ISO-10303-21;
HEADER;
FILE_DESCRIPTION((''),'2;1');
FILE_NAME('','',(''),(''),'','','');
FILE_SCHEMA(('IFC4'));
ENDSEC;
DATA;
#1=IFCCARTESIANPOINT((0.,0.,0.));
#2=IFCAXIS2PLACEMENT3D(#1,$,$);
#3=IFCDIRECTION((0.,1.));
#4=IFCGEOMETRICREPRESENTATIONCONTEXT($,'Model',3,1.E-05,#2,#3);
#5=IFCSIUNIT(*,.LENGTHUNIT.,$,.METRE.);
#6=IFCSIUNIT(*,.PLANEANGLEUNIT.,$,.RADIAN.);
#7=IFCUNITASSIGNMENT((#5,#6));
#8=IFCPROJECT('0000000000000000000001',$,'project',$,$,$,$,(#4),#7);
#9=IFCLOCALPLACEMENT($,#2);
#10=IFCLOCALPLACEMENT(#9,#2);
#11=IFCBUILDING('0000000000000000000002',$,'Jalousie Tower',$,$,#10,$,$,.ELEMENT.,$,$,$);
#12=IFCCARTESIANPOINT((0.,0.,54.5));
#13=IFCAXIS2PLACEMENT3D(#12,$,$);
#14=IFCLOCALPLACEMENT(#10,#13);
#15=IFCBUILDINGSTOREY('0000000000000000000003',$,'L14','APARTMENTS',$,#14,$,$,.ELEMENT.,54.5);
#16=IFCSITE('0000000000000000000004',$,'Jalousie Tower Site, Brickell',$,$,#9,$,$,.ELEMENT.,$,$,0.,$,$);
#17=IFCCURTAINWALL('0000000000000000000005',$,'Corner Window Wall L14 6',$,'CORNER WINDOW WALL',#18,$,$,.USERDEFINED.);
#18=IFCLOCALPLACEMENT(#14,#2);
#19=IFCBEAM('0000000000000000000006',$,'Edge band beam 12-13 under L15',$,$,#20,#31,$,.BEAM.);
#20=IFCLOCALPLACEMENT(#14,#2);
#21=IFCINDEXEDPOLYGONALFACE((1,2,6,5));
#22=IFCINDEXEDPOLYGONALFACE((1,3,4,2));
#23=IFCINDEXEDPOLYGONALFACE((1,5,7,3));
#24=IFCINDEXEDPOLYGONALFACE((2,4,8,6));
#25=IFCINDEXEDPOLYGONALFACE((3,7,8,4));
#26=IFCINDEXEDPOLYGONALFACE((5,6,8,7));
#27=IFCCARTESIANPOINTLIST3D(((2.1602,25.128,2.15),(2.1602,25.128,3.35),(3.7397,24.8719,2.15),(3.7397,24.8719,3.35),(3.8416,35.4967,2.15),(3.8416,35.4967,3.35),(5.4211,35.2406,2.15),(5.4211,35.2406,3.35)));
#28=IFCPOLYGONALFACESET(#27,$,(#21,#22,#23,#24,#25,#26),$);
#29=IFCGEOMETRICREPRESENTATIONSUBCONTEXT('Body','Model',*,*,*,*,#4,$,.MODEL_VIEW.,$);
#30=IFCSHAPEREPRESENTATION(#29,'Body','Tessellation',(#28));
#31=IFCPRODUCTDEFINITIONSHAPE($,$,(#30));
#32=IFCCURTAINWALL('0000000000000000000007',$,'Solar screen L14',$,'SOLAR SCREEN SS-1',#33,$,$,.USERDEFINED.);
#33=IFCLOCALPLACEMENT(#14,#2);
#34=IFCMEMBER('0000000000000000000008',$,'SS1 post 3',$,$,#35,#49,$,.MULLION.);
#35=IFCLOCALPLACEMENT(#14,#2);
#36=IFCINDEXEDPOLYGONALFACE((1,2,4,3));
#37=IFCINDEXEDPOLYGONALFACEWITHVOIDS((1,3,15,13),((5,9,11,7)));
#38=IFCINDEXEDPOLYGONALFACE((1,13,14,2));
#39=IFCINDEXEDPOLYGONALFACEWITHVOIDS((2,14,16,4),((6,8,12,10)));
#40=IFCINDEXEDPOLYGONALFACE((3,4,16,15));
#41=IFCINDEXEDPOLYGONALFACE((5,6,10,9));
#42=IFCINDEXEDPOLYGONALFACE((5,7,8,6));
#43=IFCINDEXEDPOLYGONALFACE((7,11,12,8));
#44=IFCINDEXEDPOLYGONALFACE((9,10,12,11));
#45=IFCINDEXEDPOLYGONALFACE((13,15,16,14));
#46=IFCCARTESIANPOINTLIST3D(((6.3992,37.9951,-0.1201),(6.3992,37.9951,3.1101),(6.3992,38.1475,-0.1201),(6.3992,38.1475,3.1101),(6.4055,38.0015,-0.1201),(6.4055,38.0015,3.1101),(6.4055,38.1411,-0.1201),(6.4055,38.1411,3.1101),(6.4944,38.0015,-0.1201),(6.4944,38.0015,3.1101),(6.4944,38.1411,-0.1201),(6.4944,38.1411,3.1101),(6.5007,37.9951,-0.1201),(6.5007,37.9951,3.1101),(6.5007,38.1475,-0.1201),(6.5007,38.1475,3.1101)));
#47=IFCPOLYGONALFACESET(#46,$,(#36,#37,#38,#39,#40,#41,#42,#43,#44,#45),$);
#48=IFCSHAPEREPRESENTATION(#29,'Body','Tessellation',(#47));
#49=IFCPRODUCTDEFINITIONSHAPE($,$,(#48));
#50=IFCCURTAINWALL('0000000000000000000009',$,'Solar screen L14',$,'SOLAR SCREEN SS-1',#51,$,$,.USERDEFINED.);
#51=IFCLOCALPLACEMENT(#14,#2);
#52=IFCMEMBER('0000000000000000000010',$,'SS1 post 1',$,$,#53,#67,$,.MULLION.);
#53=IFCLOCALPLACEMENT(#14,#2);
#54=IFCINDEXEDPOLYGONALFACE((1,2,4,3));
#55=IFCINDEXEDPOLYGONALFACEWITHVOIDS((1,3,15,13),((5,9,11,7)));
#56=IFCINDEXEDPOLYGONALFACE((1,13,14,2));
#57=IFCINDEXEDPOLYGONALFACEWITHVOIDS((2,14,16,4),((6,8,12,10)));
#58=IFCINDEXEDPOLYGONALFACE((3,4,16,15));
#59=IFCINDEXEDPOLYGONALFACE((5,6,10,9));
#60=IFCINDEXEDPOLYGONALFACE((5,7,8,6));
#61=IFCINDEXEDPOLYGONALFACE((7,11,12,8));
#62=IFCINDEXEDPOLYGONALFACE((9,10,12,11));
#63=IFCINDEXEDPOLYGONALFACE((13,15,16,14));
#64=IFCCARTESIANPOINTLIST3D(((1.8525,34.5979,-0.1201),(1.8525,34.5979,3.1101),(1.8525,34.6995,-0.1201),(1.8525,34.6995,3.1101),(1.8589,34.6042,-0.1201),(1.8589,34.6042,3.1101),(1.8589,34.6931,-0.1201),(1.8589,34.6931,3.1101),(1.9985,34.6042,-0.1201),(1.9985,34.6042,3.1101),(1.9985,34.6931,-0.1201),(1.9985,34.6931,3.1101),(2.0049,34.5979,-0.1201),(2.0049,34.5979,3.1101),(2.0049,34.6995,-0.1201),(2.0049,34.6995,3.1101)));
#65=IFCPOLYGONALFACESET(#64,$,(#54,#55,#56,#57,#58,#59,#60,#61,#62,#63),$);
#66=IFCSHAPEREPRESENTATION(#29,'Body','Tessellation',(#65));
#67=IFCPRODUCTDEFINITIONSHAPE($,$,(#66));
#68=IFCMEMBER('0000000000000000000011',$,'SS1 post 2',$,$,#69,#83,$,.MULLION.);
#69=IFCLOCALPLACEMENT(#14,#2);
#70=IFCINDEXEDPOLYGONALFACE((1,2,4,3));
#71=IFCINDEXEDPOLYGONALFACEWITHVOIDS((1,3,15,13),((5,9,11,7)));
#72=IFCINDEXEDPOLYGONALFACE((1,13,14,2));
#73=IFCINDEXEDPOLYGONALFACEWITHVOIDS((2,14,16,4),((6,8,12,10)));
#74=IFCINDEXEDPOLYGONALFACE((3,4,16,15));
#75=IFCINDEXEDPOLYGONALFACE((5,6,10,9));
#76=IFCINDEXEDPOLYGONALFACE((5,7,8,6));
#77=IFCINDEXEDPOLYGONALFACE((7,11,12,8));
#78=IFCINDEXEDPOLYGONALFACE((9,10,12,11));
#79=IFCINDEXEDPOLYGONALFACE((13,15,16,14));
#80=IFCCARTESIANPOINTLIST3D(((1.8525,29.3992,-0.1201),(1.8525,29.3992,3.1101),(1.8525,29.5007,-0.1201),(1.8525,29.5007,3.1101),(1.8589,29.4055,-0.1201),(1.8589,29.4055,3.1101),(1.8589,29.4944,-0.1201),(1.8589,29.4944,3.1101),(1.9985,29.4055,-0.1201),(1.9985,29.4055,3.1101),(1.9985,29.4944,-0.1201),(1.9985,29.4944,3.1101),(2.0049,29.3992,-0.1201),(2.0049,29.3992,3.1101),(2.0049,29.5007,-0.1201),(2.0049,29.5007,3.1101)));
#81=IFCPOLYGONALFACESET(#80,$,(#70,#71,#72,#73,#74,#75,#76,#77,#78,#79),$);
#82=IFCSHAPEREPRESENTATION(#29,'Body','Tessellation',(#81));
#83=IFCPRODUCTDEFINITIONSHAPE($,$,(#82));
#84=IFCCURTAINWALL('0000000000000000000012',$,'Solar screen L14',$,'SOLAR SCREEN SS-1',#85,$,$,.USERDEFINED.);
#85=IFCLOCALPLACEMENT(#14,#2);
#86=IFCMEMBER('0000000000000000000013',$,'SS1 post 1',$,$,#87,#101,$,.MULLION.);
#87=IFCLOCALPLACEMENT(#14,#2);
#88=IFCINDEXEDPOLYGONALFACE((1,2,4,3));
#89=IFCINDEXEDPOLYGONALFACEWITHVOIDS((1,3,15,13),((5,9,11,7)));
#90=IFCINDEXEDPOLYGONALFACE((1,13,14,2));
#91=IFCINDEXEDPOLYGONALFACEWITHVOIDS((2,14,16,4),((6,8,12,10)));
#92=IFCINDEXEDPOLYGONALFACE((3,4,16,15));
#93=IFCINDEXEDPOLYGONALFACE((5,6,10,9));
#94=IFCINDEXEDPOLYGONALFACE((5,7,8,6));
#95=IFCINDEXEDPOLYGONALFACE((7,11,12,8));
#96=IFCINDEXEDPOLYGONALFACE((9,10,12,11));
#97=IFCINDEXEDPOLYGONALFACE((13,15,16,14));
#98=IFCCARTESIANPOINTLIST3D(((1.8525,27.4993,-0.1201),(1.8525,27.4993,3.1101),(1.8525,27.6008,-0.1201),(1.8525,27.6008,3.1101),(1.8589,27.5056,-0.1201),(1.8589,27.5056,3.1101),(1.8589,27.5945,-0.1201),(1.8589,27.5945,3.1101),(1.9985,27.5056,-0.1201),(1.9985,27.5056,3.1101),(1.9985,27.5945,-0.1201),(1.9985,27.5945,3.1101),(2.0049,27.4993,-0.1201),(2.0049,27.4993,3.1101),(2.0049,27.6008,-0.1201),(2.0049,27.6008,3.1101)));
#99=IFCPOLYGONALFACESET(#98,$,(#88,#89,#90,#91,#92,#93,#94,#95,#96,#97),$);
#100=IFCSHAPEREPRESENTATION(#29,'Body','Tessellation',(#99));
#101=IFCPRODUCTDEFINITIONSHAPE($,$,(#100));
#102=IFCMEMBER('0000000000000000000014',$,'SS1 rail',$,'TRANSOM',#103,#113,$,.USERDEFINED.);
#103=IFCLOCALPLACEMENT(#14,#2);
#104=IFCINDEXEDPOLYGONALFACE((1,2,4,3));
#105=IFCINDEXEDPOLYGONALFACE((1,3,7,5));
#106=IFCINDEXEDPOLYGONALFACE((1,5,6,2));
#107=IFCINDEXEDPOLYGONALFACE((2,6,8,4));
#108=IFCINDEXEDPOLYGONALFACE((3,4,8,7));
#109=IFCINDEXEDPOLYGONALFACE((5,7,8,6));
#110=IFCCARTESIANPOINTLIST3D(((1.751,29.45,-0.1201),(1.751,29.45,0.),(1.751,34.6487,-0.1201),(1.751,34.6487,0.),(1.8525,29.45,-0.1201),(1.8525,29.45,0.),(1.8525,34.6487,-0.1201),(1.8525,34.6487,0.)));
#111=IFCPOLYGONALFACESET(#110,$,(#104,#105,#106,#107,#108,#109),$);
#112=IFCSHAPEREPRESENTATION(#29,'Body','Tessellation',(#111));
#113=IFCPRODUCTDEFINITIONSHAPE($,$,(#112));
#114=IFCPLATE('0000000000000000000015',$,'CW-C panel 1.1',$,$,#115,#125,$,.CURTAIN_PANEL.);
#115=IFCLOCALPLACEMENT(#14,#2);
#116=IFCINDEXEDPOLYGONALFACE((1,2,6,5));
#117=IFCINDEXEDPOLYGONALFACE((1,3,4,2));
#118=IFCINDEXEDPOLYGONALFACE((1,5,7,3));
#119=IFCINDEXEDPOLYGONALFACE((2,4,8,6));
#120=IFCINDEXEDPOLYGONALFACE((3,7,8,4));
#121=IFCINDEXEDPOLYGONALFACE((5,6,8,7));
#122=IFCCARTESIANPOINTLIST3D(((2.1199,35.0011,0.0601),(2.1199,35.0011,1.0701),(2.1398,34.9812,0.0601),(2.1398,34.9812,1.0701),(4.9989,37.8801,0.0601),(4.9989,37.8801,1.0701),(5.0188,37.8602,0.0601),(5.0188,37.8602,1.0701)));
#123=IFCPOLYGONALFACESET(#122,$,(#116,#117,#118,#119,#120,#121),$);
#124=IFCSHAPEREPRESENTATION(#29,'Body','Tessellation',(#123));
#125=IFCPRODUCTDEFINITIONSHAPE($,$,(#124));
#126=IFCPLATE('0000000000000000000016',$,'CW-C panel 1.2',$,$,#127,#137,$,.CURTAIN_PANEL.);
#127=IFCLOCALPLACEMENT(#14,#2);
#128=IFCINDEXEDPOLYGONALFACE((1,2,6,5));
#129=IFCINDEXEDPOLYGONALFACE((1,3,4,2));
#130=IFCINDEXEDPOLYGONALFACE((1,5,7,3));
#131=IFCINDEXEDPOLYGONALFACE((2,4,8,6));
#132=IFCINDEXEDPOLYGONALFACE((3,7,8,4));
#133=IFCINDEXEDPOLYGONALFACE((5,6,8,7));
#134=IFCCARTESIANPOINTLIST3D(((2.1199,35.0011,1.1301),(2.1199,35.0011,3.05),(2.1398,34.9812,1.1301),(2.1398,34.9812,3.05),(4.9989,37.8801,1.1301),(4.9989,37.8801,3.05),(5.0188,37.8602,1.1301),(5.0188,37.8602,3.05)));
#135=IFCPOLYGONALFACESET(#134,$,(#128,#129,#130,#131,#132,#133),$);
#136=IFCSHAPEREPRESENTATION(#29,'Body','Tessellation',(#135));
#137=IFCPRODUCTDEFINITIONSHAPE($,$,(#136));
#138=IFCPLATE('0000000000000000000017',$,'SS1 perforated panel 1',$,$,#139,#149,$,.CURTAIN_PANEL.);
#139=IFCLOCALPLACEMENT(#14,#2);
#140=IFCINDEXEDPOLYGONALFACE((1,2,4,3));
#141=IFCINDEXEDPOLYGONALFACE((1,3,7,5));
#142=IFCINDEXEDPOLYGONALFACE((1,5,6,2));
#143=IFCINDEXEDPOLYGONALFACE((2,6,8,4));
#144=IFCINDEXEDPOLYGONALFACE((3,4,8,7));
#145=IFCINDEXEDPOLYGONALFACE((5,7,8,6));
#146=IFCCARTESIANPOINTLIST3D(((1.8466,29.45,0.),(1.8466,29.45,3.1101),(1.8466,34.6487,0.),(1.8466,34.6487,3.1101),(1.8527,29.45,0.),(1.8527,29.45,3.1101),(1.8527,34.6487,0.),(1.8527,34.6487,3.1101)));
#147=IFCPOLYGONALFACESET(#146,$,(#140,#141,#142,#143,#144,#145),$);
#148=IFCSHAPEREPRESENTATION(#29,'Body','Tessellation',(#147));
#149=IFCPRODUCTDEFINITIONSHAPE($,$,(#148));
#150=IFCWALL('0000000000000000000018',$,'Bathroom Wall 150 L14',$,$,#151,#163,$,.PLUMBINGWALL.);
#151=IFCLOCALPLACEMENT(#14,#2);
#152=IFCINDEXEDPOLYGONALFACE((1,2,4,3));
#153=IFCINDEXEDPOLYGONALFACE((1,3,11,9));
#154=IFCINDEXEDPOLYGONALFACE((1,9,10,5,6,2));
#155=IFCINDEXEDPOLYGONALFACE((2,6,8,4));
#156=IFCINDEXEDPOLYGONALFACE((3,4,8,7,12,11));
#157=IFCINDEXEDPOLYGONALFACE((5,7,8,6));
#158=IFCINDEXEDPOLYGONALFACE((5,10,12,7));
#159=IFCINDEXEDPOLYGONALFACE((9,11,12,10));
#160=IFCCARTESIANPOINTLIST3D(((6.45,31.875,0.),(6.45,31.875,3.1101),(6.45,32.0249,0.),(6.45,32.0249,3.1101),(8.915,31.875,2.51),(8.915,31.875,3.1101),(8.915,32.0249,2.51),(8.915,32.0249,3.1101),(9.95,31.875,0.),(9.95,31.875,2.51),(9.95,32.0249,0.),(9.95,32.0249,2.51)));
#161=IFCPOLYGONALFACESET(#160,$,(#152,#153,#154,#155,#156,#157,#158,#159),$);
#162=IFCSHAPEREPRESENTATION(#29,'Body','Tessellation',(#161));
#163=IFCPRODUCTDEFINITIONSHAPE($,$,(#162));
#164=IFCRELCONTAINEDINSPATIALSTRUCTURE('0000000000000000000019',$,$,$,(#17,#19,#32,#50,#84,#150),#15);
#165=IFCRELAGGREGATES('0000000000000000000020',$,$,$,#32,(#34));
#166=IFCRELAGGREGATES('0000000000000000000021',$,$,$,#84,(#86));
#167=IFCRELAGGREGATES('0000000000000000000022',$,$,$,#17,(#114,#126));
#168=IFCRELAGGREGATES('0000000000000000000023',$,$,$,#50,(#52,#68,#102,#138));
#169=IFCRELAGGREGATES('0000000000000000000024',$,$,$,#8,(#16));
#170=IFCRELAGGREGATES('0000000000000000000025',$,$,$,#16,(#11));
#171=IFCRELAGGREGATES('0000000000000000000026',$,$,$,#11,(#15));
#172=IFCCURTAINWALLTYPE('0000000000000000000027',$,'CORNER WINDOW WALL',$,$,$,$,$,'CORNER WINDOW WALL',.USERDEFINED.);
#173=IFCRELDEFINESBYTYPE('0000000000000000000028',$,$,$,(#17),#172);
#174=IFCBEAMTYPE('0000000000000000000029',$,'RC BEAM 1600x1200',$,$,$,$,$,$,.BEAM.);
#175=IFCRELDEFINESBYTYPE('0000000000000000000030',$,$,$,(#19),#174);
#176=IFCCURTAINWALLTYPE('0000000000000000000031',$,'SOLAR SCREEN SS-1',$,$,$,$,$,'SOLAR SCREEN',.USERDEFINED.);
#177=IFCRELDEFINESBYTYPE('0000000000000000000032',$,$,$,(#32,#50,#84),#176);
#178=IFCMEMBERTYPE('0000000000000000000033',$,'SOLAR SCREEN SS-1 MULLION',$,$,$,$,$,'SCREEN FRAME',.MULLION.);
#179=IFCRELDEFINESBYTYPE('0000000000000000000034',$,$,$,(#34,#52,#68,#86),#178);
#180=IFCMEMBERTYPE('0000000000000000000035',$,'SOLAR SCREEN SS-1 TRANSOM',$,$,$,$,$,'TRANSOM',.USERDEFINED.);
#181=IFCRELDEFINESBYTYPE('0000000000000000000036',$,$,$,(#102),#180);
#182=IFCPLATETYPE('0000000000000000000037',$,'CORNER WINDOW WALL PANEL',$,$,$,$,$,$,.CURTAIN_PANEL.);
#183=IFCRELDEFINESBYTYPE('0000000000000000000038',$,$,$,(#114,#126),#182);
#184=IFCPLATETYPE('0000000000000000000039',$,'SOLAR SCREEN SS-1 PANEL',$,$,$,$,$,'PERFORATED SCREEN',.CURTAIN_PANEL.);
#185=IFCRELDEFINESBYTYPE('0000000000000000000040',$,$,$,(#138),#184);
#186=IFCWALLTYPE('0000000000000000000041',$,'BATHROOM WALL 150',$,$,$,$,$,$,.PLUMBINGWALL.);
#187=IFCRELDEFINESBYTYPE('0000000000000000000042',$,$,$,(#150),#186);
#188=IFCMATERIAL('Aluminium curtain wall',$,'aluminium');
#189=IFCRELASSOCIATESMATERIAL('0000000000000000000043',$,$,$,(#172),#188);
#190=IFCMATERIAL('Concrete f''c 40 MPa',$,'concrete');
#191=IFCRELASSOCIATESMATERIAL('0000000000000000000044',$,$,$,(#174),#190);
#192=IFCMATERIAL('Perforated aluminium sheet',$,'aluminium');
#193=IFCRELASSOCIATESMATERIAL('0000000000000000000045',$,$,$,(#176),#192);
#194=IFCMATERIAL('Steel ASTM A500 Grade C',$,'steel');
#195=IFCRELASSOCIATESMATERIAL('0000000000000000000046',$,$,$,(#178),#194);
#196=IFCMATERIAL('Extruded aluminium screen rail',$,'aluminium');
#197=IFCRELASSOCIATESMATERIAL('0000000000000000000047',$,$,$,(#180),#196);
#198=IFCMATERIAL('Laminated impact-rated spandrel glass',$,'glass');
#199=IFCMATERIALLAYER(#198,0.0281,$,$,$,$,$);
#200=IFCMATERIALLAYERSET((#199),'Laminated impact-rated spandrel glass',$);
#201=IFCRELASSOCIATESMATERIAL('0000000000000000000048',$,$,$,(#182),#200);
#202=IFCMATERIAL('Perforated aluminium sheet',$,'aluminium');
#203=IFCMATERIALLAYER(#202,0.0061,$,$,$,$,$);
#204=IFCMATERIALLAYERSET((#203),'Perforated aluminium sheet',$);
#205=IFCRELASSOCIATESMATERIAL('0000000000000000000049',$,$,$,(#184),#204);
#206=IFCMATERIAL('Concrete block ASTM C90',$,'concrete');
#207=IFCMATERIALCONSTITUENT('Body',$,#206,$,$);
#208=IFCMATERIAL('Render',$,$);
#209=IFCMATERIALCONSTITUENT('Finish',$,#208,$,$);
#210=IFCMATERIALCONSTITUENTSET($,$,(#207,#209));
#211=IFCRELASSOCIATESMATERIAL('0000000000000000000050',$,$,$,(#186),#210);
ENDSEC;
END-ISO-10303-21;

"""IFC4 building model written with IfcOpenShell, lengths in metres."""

from ifc_helpers import new_model, si_unit, direction, frame, origin, origin_2d, place, context, subcontext, project, spatial, polyline, rectangle, hollow_rectangle, outline, extrude, material, layer, layer_set, constituent, constituent_set, material_profile, profile_set, type_object, element, aggregate, save


model = new_model("IFC4")

# Units and contexts
model_context = context("Model", 3, precision=1e-05, world=origin(), true_north=direction((0.0, 1.0)))
body_context = subcontext(model_context, "Body", "Model", "MODEL_VIEW")
ifc_project = project(units=[si_unit("LENGTHUNIT", "METRE"), si_unit("PLANEANGLEUNIT", "RADIAN")], contexts=[model_context])

# Site, building, storey
site_placement = place(None, origin())
site = spatial("IfcSite", under=ifc_project, at=site_placement, Name="Jalousie Tower Site, Brickell", CompositionType="ELEMENT", RefElevation=0.0)
building_placement = place(site_placement, origin())
building = spatial("IfcBuilding", under=site, at=building_placement, Name="Jalousie Tower", CompositionType="ELEMENT")
storey_placement = place(building_placement, frame((0.0, 0.0, 54.5)))
storey = spatial("IfcBuildingStorey", under=building, at=storey_placement, Name="L14", Description="APARTMENTS", CompositionType="ELEMENT", Elevation=54.5)

# Curtain wall
ifc_material_1 = material(Name="Aluminium curtain wall", Category="aluminium")
curtain_wall_type_1 = type_object("IfcCurtainWallType", Name="CORNER WINDOW WALL", ElementType="CORNER WINDOW WALL", PredefinedType="USERDEFINED", material=ifc_material_1)
curtain_wall_1_placement = place(storey_placement, origin())
curtain_wall_1 = element("IfcCurtainWall", 1, at=curtain_wall_1_placement, inside=storey, type_object=curtain_wall_type_1, Name="Corner Window Wall L14 6", ObjectType="CORNER WINDOW WALL", PredefinedType="USERDEFINED")

# Beam
ifc_material_2 = material(Name="Concrete f'c 40 MPa", Category="concrete")
ifc_material_profile_1 = material_profile(ifc_material_2, rectangle(XDim=1.6001, YDim=1.2, at=origin_2d()), Name="RC 1600x1200")
ifc_profile_set_1 = profile_set([ifc_material_profile_1], Name="Concrete f'c 40 MPa")
beam_type_1 = type_object("IfcBeamType", Name="RC BEAM 1600x1200", PredefinedType="BEAM", material=ifc_profile_set_1)
beam_1_placement = place(storey_placement, frame((4.6313, 35.3687, 2.75), z_axis=(-0.160071, -0.987106, 0.0), x_axis=(0.987106, -0.160071, 0.0)))
element("IfcBeam", 2, at=beam_1_placement, inside=storey, type_object=beam_type_1, Name="Edge band beam 12-13 under L15", PredefinedType="BEAM", context=body_context, shape_type="SweptSolid", body=[
    extrude(rectangle(XDim=1.6001, YDim=1.2, at=origin_2d()), origin(), (0.0, 0.0, 1.0), 10.5042),
])

# Curtain wall, member
ifc_material_3 = material(Name="Perforated aluminium sheet", Category="aluminium")
curtain_wall_type_2 = type_object("IfcCurtainWallType", Name="SOLAR SCREEN SS-1", ElementType="SOLAR SCREEN", PredefinedType="USERDEFINED", material=ifc_material_3)
curtain_wall_2_placement = place(storey_placement, origin())
curtain_wall_2 = element("IfcCurtainWall", 3, at=curtain_wall_2_placement, inside=storey, type_object=curtain_wall_type_2, Name="Solar screen L14", ObjectType="SOLAR SCREEN SS-1", PredefinedType="USERDEFINED")
ifc_material_4 = material(Name="Steel ASTM A500 Grade C", Category="steel")
ifc_material_profile_2 = material_profile(ifc_material_4, hollow_rectangle(XDim=0.1016, YDim=0.1523, WallThickness=0.0063, at=origin_2d()), Name="HSS6X4X1/4")
ifc_profile_set_2 = profile_set([ifc_material_profile_2], Name="Steel ASTM A500 Grade C")
member_type_1 = type_object("IfcMemberType", Name="SOLAR SCREEN SS-1 MULLION", ElementType="SCREEN FRAME", PredefinedType="MULLION", material=ifc_profile_set_2)
member_1_placement = place(storey_placement, frame((6.45, 38.0713, -0.1201), z_axis=(0.0, 0.0, 1.0), x_axis=(-1.0, 0.0, 0.0)))
member_1 = element("IfcMember", 4, at=member_1_placement, type_object=member_type_1, Name="SS1 post 3", PredefinedType="MULLION", context=body_context, shape_type="SweptSolid", body=[
    extrude(hollow_rectangle(XDim=0.1016, YDim=0.1523, WallThickness=0.0063, at=origin_2d()), origin(), (0.0, 0.0, 1.0), 3.2302),
])
aggregate(curtain_wall_2, [member_1])

# Curtain wall, members
curtain_wall_3_placement = place(storey_placement, origin())
curtain_wall_3 = element("IfcCurtainWall", 5, at=curtain_wall_3_placement, inside=storey, type_object=curtain_wall_type_2, Name="Solar screen L14", ObjectType="SOLAR SCREEN SS-1", PredefinedType="USERDEFINED")
member_2_placement = place(storey_placement, frame((1.9287, 34.6487, -0.1201), z_axis=(0.0, 0.0, 1.0), x_axis=(0.0, -1.0, 0.0)))
member_2 = element("IfcMember", 6, at=member_2_placement, type_object=member_type_1, Name="SS1 post 1", PredefinedType="MULLION", context=body_context, shape_type="SweptSolid", body=[
    extrude(hollow_rectangle(XDim=0.1016, YDim=0.1523, WallThickness=0.0063, at=origin_2d()), origin(), (0.0, 0.0, 1.0), 3.2302),
])
member_3_placement = place(storey_placement, frame((1.9287, 29.45, -0.1201), z_axis=(0.0, 0.0, 1.0), x_axis=(0.0, -1.0, 0.0)))
member_3 = element("IfcMember", 7, at=member_3_placement, type_object=member_type_1, Name="SS1 post 2", PredefinedType="MULLION", context=body_context, shape_type="SweptSolid", body=[
    extrude(hollow_rectangle(XDim=0.1016, YDim=0.1523, WallThickness=0.0063, at=origin_2d()), origin(), (0.0, 0.0, 1.0), 3.2302),
])

# Curtain wall, member
curtain_wall_4_placement = place(storey_placement, origin())
curtain_wall_4 = element("IfcCurtainWall", 8, at=curtain_wall_4_placement, inside=storey, type_object=curtain_wall_type_2, Name="Solar screen L14", ObjectType="SOLAR SCREEN SS-1", PredefinedType="USERDEFINED")
member_4_placement = place(storey_placement, frame((1.9287, 27.55, -0.1201), z_axis=(0.0, 0.0, 1.0), x_axis=(0.0, -1.0, 0.0)))
member_4 = element("IfcMember", 9, at=member_4_placement, type_object=member_type_1, Name="SS1 post 1", PredefinedType="MULLION", context=body_context, shape_type="SweptSolid", body=[
    extrude(hollow_rectangle(XDim=0.1016, YDim=0.1523, WallThickness=0.0063, at=origin_2d()), origin(), (0.0, 0.0, 1.0), 3.2302),
])
aggregate(curtain_wall_4, [member_4])

# Member
ifc_material_5 = material(Name="Extruded aluminium screen rail", Category="aluminium")
ifc_material_profile_3 = material_profile(ifc_material_5, rectangle(XDim=0.1016, YDim=0.1201, at=origin_2d()), Name="RAIL 102x120")
ifc_profile_set_3 = profile_set([ifc_material_profile_3], Name="Extruded aluminium screen rail")
member_type_2 = type_object("IfcMemberType", Name="SOLAR SCREEN SS-1 TRANSOM", ElementType="TRANSOM", PredefinedType="USERDEFINED", material=ifc_profile_set_3)
member_5_placement = place(storey_placement, frame((1.8018, 34.6487, -0.0601), z_axis=(0.0, -1.0, 0.0), x_axis=(1.0, 0.0, 0.0)))
member_5 = element("IfcMember", 10, at=member_5_placement, type_object=member_type_2, Name="SS1 rail", ObjectType="TRANSOM", PredefinedType="USERDEFINED", context=body_context, shape_type="SweptSolid", body=[
    extrude(rectangle(XDim=0.1016, YDim=0.1201, at=origin_2d()), origin(), (0.0, 0.0, 1.0), 5.1987),
])

# Plates
ifc_material_6 = material(Name="Laminated impact-rated spandrel glass", Category="glass")
ifc_layer_1 = layer(ifc_material_6, 0.0281)
ifc_layer_set_1 = layer_set([ifc_layer_1], Name="Laminated impact-rated spandrel glass")
plate_type_1 = type_object("IfcPlateType", Name="CORNER WINDOW WALL PANEL", PredefinedType="CURTAIN_PANEL", material=ifc_layer_set_1)
plate_1_placement = place(storey_placement, frame((3.5693, 36.4307, 0.0601), z_axis=(0.0, 0.0, 1.0), x_axis=(-0.707107, -0.707107, 0.0)))
plate_1 = element("IfcPlate", 11, at=plate_1_placement, type_object=plate_type_1, Name="CW-C panel 1.1", PredefinedType="CURTAIN_PANEL", context=body_context, shape_type="SweptSolid", body=[
    extrude(rectangle(XDim=4.0715, YDim=0.0281, at=origin_2d()), origin(), (0.0, 0.0, 1.0), 1.01),
])
plate_2_placement = place(storey_placement, frame((3.5693, 36.4307, 1.1301), z_axis=(0.0, 0.0, 1.0), x_axis=(-0.707107, -0.707107, 0.0)))
plate_2 = element("IfcPlate", 12, at=plate_2_placement, type_object=plate_type_1, Name="CW-C panel 1.2", PredefinedType="CURTAIN_PANEL", context=body_context, shape_type="SweptSolid", body=[
    extrude(rectangle(XDim=4.0715, YDim=0.0281, at=origin_2d()), origin(), (0.0, 0.0, 1.0), 1.9199),
])
aggregate(curtain_wall_1, [plate_1, plate_2])
ifc_material_7 = material(Name="Perforated aluminium sheet", Category="aluminium")
ifc_layer_2 = layer(ifc_material_7, 0.0061)
ifc_layer_set_2 = layer_set([ifc_layer_2], Name="Perforated aluminium sheet")
plate_type_2 = type_object("IfcPlateType", Name="SOLAR SCREEN SS-1 PANEL", ElementType="PERFORATED SCREEN", PredefinedType="CURTAIN_PANEL", material=ifc_layer_set_2)
plate_3_placement = place(storey_placement, frame((1.8496, 32.0493, 0.0), z_axis=(0.0, 0.0, 1.0), x_axis=(0.0, -1.0, 0.0)))
plate_3 = element("IfcPlate", 13, at=plate_3_placement, type_object=plate_type_2, Name="SS1 perforated panel 1", PredefinedType="CURTAIN_PANEL", context=body_context, shape_type="SweptSolid", body=[
    extrude(rectangle(XDim=5.1987, YDim=0.0061, at=origin_2d()), origin(), (0.0, 0.0, 1.0), 3.1101),
])
aggregate(curtain_wall_3, [member_2, member_3, member_5, plate_3])

# Wall
ifc_material_8 = material(Name="Concrete block ASTM C90", Category="concrete")
ifc_constituent_1 = constituent(ifc_material_8, Name="Body")
ifc_material_9 = material(Name="Render")
ifc_constituent_2 = constituent(ifc_material_9, Name="Finish")
ifc_constituent_set_1 = constituent_set(constituents=[ifc_constituent_1, ifc_constituent_2])
wall_type_1 = type_object("IfcWallType", Name="BATHROOM WALL 150", PredefinedType="PLUMBINGWALL", material=ifc_constituent_set_1)
wall_1_placement = place(storey_placement, frame((6.45, 31.95, 0.0), z_axis=(0.0, 0.0, 1.0), x_axis=(1.0, 0.0, 0.0)))
element("IfcWall", 14, at=wall_1_placement, inside=storey, type_object=wall_type_1, Name="Bathroom Wall 150 L14", PredefinedType="PLUMBINGWALL", context=body_context, shape_type="SweptSolid", body=[
    extrude(outline(polyline([(0.0, 0.0), (3.5, 0.0), (3.5, 3.1101), (3.5, 2.51), (2.4651, 2.51), (2.4651, 3.1101), (0.0, 3.1101), (0.0, 0.0)])), frame((0.0, 0.075, 0.0), z_axis=(0.0, -1.0, 0.0), x_axis=(1.0, 0.0, 0.0)), (0.0, 0.0, 1.0), 0.1499),
])

save(model, "model.ifc")
